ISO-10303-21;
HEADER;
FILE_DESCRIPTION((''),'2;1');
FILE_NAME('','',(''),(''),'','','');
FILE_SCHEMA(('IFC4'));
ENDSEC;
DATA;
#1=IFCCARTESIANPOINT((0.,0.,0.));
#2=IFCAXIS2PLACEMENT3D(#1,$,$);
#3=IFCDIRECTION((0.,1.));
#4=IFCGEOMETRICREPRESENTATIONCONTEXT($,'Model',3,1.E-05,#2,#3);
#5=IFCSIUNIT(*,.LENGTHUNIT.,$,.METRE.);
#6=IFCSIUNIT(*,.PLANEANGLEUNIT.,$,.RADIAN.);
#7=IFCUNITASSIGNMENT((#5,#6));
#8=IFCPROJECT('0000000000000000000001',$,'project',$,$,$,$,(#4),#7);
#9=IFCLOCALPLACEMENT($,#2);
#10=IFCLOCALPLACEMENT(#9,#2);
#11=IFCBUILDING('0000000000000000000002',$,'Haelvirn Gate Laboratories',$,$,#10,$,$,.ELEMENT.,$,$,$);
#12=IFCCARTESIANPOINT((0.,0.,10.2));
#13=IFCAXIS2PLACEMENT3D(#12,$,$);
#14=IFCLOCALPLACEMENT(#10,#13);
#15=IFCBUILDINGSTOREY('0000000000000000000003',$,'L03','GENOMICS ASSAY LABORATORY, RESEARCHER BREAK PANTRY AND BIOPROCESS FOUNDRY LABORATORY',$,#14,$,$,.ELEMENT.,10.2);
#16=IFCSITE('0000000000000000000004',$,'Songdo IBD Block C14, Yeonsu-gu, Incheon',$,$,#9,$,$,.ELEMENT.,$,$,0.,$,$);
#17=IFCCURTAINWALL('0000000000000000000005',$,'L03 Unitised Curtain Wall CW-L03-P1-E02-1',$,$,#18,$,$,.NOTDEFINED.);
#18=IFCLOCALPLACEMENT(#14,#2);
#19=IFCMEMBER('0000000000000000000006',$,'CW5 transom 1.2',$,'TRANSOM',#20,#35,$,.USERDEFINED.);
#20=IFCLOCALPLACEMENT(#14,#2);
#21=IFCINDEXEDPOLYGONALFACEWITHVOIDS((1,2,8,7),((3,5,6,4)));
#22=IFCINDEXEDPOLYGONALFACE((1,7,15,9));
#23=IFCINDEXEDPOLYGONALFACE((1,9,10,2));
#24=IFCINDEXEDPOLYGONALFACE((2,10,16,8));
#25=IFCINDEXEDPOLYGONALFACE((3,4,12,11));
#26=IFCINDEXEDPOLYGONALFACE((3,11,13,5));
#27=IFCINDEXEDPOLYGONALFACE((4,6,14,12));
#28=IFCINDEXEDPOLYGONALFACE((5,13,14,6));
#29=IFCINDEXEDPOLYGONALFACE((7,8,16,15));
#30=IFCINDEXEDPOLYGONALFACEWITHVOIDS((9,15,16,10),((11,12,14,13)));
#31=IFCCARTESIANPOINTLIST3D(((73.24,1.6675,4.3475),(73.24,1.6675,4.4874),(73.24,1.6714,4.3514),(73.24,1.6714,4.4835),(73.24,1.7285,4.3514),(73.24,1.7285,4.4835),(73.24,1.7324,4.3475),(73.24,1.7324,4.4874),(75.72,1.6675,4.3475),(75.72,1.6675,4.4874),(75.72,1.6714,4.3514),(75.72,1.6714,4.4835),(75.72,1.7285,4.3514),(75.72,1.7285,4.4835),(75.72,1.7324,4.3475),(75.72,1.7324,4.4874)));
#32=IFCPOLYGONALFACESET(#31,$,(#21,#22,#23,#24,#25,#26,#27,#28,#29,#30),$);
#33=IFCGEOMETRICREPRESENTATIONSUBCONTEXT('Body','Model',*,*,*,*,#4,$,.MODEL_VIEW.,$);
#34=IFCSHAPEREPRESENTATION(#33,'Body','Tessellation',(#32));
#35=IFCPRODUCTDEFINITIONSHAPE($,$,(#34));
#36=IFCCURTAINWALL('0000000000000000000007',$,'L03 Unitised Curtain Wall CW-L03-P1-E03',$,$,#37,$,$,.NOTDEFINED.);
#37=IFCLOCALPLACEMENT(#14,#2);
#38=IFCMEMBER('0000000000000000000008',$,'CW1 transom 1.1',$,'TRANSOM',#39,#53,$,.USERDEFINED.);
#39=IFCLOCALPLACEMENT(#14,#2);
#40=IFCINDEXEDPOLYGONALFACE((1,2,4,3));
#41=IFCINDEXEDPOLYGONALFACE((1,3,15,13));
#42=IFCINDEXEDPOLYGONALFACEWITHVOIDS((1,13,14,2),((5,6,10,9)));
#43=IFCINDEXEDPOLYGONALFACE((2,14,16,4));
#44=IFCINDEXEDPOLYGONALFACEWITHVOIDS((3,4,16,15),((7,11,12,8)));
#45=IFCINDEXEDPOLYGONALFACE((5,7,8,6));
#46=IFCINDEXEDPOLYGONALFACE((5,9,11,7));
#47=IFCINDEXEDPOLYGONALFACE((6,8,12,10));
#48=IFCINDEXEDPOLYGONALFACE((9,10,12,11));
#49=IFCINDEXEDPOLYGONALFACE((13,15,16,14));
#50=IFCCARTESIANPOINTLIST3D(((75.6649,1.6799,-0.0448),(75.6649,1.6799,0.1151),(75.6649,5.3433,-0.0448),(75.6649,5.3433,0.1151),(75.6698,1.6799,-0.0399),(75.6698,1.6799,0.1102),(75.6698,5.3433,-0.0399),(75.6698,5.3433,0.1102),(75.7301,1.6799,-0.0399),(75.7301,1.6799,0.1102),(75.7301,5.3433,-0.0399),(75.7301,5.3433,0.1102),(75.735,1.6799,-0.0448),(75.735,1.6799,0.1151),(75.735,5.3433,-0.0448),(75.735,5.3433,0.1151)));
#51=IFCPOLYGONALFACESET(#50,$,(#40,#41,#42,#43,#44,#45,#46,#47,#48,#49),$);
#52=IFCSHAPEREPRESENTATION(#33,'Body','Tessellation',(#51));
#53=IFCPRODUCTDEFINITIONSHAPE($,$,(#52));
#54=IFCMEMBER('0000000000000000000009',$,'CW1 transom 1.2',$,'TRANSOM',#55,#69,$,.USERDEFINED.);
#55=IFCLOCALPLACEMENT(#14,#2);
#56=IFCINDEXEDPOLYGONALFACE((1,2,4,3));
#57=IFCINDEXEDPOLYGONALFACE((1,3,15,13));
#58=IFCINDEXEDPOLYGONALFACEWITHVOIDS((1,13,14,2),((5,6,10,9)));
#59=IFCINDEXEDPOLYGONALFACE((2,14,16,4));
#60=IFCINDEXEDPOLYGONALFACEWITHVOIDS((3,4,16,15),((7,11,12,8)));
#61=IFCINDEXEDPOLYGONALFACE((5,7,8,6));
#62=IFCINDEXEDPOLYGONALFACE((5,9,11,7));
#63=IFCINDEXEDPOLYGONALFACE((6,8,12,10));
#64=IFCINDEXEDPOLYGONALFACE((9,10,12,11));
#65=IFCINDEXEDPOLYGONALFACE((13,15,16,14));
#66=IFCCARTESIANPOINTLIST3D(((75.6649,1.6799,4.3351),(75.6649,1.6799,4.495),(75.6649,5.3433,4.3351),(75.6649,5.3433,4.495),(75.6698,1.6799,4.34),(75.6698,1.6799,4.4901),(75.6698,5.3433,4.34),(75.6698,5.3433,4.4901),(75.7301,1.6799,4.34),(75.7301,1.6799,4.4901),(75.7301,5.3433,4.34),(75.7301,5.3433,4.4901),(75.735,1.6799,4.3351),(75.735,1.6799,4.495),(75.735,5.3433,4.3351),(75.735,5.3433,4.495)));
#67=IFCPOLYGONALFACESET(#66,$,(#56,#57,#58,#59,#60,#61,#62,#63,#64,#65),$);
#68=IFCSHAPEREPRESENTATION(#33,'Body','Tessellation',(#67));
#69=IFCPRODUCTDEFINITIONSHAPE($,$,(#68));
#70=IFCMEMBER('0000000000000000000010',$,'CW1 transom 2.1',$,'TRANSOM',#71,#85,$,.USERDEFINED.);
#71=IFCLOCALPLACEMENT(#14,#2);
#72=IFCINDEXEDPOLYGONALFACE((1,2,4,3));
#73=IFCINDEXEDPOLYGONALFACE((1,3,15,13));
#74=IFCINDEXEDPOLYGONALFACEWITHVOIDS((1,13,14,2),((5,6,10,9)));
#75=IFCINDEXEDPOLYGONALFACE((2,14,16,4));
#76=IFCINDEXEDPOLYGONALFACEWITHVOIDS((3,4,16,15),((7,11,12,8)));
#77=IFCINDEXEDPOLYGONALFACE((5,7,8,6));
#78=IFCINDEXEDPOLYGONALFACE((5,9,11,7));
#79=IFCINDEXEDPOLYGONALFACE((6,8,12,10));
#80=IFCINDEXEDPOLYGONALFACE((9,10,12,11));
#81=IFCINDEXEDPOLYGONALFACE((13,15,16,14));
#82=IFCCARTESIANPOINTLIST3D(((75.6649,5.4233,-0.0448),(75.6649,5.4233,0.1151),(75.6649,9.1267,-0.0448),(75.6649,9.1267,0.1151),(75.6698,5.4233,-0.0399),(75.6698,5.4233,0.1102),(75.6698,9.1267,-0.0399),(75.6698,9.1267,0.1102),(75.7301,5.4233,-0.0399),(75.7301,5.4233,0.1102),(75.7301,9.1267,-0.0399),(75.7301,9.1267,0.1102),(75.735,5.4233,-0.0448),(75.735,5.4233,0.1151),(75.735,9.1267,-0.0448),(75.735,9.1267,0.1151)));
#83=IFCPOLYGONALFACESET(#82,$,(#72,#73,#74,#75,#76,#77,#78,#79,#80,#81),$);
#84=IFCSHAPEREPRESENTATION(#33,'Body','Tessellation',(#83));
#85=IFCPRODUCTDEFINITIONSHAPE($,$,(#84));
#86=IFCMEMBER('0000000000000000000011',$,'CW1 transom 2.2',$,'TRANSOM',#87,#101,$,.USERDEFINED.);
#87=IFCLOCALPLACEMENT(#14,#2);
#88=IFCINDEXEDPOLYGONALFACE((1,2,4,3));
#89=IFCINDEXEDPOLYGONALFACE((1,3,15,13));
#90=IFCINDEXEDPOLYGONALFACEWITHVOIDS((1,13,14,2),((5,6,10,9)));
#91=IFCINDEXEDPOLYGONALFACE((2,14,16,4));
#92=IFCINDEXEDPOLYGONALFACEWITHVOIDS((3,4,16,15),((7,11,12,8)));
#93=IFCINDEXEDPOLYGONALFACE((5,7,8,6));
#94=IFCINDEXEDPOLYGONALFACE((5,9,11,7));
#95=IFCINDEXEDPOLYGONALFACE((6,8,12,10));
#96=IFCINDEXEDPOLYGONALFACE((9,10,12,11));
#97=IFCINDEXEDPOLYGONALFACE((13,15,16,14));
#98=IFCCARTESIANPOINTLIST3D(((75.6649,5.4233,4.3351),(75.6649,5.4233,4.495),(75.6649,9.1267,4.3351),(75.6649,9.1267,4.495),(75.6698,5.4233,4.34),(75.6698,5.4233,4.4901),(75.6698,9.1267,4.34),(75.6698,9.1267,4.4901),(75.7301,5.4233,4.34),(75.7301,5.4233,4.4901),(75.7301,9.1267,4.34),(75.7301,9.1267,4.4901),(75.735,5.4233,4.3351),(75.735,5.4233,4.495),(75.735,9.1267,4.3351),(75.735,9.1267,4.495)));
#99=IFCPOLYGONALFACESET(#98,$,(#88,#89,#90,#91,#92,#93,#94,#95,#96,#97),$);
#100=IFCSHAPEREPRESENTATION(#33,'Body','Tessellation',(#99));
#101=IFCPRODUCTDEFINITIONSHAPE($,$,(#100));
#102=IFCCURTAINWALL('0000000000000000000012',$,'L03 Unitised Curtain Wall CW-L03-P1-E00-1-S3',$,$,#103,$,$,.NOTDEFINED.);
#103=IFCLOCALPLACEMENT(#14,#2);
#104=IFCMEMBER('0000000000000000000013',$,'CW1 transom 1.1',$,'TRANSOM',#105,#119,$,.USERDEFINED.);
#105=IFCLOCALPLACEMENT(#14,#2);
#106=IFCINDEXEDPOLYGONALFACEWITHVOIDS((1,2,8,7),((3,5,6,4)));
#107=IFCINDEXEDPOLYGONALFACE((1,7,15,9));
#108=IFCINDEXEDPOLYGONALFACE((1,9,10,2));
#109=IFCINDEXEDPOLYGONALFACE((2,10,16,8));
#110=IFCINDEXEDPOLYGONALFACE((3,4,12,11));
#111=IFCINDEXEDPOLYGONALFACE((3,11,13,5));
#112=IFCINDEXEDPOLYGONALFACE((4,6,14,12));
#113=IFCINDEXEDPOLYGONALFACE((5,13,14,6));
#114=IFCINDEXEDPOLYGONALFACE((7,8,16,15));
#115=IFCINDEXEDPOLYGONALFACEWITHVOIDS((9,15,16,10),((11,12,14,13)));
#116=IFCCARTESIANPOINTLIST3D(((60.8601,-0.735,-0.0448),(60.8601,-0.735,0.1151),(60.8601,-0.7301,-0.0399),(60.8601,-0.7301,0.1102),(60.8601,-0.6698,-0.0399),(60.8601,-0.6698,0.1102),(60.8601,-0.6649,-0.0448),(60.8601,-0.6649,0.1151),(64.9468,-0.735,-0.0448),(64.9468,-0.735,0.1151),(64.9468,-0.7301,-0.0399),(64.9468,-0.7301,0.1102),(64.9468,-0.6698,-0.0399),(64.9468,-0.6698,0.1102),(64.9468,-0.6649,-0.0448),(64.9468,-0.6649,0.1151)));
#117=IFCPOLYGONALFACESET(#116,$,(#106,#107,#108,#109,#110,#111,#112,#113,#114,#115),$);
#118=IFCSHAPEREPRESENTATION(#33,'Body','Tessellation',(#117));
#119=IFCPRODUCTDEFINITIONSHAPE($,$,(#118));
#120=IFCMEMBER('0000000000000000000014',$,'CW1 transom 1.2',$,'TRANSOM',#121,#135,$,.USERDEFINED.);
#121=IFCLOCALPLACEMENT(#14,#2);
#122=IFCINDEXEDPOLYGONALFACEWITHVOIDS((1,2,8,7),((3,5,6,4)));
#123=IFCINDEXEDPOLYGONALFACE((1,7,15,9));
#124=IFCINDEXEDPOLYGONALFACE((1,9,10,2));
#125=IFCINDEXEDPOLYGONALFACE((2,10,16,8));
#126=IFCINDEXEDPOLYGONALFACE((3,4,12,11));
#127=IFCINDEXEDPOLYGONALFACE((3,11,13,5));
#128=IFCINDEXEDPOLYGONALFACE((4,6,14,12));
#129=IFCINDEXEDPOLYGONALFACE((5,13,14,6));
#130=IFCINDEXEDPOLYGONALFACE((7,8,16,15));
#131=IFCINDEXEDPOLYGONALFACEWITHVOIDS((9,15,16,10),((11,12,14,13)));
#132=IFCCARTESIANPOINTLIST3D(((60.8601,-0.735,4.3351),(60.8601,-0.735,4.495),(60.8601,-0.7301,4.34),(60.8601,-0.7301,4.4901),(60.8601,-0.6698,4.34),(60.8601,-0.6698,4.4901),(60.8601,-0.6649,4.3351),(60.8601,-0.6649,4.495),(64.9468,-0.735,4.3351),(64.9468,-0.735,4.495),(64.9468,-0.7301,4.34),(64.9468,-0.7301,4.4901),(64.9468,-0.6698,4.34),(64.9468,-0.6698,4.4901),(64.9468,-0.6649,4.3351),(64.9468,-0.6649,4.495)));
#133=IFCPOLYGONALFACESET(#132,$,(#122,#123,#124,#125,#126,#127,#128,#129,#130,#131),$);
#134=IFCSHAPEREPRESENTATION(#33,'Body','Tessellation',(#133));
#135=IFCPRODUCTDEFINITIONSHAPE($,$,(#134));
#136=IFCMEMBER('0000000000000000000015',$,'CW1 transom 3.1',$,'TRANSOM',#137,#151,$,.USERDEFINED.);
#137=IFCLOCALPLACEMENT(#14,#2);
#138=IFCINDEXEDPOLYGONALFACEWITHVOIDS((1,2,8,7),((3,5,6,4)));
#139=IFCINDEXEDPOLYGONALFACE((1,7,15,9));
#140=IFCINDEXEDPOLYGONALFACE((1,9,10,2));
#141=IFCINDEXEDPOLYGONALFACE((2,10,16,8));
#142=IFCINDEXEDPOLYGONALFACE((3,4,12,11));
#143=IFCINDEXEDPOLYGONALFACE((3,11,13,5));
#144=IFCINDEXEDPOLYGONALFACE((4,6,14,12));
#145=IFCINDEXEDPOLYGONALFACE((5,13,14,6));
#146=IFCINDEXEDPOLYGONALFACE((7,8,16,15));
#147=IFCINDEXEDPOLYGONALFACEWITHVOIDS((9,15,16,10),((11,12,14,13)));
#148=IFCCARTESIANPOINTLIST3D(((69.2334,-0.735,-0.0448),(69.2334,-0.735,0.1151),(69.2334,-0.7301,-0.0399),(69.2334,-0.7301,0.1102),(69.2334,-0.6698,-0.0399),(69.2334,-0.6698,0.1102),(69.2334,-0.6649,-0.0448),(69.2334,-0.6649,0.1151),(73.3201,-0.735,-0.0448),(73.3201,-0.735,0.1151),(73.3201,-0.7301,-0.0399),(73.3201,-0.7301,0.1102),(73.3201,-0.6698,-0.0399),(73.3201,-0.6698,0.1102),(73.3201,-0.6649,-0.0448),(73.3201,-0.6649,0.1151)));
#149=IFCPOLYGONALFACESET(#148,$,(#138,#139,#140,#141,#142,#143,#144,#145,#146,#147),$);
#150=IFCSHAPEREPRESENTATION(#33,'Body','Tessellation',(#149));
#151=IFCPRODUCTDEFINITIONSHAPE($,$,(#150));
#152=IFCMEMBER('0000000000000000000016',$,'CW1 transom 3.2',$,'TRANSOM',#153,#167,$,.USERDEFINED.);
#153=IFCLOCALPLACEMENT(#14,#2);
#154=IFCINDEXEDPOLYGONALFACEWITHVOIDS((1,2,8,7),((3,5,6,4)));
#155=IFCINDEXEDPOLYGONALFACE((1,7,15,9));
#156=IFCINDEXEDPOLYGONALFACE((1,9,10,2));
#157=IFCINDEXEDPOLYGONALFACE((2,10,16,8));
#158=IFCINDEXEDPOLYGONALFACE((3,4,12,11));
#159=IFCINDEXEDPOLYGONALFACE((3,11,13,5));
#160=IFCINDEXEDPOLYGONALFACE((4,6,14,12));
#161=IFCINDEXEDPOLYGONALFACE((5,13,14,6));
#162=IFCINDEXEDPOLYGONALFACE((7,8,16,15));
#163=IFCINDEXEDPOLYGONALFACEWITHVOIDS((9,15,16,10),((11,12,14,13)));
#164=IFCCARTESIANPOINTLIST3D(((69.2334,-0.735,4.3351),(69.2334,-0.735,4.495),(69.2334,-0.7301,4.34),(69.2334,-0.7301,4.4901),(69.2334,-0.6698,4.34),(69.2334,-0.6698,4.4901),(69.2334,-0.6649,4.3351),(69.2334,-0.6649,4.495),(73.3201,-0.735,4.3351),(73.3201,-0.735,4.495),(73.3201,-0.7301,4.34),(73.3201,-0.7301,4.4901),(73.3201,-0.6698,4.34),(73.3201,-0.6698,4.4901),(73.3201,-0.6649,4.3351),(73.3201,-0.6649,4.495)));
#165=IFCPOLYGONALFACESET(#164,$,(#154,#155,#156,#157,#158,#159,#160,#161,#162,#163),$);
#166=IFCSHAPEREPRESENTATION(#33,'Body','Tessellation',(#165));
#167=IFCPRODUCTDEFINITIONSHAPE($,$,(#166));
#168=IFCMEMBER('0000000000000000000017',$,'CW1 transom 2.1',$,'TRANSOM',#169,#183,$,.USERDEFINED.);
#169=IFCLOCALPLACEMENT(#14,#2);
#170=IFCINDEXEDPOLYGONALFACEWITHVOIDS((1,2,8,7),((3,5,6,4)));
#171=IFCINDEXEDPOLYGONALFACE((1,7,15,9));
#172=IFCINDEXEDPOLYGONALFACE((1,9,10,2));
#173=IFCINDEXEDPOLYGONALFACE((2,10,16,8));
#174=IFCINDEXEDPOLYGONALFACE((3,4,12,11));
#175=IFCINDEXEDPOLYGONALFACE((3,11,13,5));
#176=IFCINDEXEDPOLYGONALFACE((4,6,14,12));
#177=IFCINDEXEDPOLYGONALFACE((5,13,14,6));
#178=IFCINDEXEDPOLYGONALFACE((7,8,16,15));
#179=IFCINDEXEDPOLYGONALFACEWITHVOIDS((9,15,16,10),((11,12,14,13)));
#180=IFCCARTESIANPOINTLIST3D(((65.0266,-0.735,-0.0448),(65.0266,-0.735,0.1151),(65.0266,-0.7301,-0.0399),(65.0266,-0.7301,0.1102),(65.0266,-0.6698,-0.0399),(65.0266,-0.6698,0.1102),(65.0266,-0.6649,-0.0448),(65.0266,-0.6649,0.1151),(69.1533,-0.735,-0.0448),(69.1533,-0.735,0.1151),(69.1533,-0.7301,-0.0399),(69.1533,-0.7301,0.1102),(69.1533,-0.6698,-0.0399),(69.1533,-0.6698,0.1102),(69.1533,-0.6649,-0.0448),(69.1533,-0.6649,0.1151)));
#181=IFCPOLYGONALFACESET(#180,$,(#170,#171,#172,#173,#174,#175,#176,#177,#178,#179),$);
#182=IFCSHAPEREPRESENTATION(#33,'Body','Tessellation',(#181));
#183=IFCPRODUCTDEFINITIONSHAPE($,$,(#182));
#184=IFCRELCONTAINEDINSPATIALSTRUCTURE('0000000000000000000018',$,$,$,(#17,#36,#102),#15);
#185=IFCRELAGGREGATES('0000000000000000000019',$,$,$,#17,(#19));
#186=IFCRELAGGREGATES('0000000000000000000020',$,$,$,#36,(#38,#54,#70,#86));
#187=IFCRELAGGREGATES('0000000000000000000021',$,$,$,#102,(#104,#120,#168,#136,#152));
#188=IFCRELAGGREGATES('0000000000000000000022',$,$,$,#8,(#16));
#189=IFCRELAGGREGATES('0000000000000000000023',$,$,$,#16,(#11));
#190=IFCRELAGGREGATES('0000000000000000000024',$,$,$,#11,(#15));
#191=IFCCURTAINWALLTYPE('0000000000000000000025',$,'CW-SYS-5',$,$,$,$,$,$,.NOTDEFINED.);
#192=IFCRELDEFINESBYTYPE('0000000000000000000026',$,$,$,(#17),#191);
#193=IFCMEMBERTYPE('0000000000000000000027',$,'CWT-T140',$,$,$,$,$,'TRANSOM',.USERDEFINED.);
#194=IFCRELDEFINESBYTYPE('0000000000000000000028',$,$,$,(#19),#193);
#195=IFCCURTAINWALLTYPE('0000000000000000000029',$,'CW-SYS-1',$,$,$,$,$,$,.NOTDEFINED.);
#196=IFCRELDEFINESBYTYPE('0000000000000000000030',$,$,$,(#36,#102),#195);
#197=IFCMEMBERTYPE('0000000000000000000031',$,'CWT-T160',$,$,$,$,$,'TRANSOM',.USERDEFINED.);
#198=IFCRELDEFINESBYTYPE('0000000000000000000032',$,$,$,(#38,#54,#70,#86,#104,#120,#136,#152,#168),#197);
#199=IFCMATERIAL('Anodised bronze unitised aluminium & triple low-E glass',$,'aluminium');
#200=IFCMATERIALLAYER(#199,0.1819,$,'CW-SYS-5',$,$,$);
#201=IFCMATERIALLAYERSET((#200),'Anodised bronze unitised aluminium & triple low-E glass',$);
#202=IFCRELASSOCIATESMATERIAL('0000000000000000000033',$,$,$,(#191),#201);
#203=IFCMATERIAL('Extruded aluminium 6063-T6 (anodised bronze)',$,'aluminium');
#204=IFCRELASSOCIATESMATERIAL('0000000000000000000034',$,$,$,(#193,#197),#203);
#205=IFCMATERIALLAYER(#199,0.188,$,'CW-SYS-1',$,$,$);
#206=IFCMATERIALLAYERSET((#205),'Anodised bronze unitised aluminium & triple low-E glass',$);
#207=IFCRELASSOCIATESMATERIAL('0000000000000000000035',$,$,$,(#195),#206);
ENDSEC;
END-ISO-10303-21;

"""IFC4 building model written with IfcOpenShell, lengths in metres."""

from ifc_helpers import new_model, si_unit, direction, frame, origin, origin_2d, place, context, subcontext, project, spatial, hollow_rectangle, extrude, source, transform, mapped, material, layer, layer_set, material_profile, profile_set, type_object, type_shapes, element, aggregate, save


model = new_model("IFC4")

# Units and contexts
model_context = context("Model", 3, precision=1e-05, world=origin(), true_north=direction((0.0, 1.0)))
body_context = subcontext(model_context, "Body", "Model", "MODEL_VIEW")
ifc_project = project(units=[si_unit("LENGTHUNIT", "METRE"), si_unit("PLANEANGLEUNIT", "RADIAN")], contexts=[model_context])

# Site, building, storey
site_placement = place(None, origin())
site = spatial("IfcSite", under=ifc_project, at=site_placement, Name="Songdo IBD Block C14, Yeonsu-gu, Incheon", CompositionType="ELEMENT", RefElevation=0.0)
building_placement = place(site_placement, origin())
building = spatial("IfcBuilding", under=site, at=building_placement, Name="Haelvirn Gate Laboratories", CompositionType="ELEMENT")
storey_placement = place(building_placement, frame((0.0, 0.0, 10.2)))
storey = spatial("IfcBuildingStorey", under=building, at=storey_placement, Name="L03", Description="GENOMICS ASSAY LABORATORY, RESEARCHER BREAK PANTRY AND BIOPROCESS FOUNDRY LABORATORY", CompositionType="ELEMENT", Elevation=10.2)

# Curtain walls, members
ifc_material_1 = material(Name="Anodised bronze unitised aluminium & triple low-E glass", Category="aluminium")
ifc_layer_1 = layer(ifc_material_1, 0.1819, Name="CW-SYS-5")
ifc_layer_set_1 = layer_set([ifc_layer_1], Name="Anodised bronze unitised aluminium & triple low-E glass")
curtain_wall_type_1 = type_object("IfcCurtainWallType", Name="CW-SYS-5", PredefinedType="NOTDEFINED", material=ifc_layer_set_1)
curtain_wall_1_placement = place(storey_placement, origin())
curtain_wall_1 = element("IfcCurtainWall", 1, at=curtain_wall_1_placement, inside=storey, type_object=curtain_wall_type_1, Name="L03 Unitised Curtain Wall CW-L03-P1-E02-1", PredefinedType="NOTDEFINED")
ifc_material_2 = material(Name="Extruded aluminium 6063-T6 (anodised bronze)", Category="aluminium")
ifc_material_profile_1 = material_profile(ifc_material_2, hollow_rectangle(XDim=0.0649, YDim=0.1399, WallThickness=0.0039, at=origin_2d()), Name="CWT-140x65x4")
ifc_profile_set_1 = profile_set([ifc_material_profile_1], Name="Extruded aluminium 6063-T6 (anodised bronze)")
member_type_1 = type_object("IfcMemberType", Name="CWT-T140", ElementType="TRANSOM", PredefinedType="USERDEFINED", material=ifc_profile_set_1)
shared_shape_1 = source(origin(), body_context, "Body", "SweptSolid", [
    extrude(hollow_rectangle(XDim=0.0649, YDim=0.1399, WallThickness=0.0039, at=origin_2d()), origin(), (0.0, 0.0, 1.0), 2.48),
])
type_shapes(member_type_1, [shared_shape_1])
member_1_placement = place(storey_placement, frame((73.24, 1.7, 4.4175), z_axis=(1.0, 0.0, 0.0), x_axis=(0.0, 1.0, 0.0)))
member_1 = element("IfcMember", 2, at=member_1_placement, type_object=member_type_1, Name="CW5 transom 1.2", ObjectType="TRANSOM", PredefinedType="USERDEFINED", context=body_context, shape_type="MappedRepresentation", body=[
    mapped(shared_shape_1, transform((0.0, 0.0, 0.0), scale=1.0)),
])
ifc_layer_2 = layer(ifc_material_1, 0.188, Name="CW-SYS-1")
ifc_layer_set_2 = layer_set([ifc_layer_2], Name="Anodised bronze unitised aluminium & triple low-E glass")
curtain_wall_type_2 = type_object("IfcCurtainWallType", Name="CW-SYS-1", PredefinedType="NOTDEFINED", material=ifc_layer_set_2)
curtain_wall_2_placement = place(storey_placement, origin())
curtain_wall_2 = element("IfcCurtainWall", 3, at=curtain_wall_2_placement, inside=storey, type_object=curtain_wall_type_2, Name="L03 Unitised Curtain Wall CW-L03-P1-E03", PredefinedType="NOTDEFINED")
ifc_material_profile_2 = material_profile(ifc_material_2, hollow_rectangle(XDim=0.0701, YDim=0.1599, WallThickness=0.0049, at=origin_2d()), Name="CWT-160x70x5")
ifc_profile_set_2 = profile_set([ifc_material_profile_2], Name="Extruded aluminium 6063-T6 (anodised bronze)")
member_type_2 = type_object("IfcMemberType", Name="CWT-T160", ElementType="TRANSOM", PredefinedType="USERDEFINED", material=ifc_profile_set_2)
shared_shape_2 = source(origin(), body_context, "Body", "SweptSolid", [
    extrude(hollow_rectangle(XDim=0.0701, YDim=0.1599, WallThickness=0.0049, at=origin_2d()), origin(), (0.0, 0.0, 1.0), 3.6633),
])
member_2_placement = place(storey_placement, frame((75.7, 1.6799, 0.0352), z_axis=(0.0, 1.0, 0.0), x_axis=(-1.0, 0.0, 0.0)))
member_2 = element("IfcMember", 4, at=member_2_placement, type_object=member_type_2, Name="CW1 transom 1.1", ObjectType="TRANSOM", PredefinedType="USERDEFINED", context=body_context, shape_type="MappedRepresentation", body=[
    mapped(shared_shape_2, transform((0.0, 0.0, 0.0), scale=1.0)),
])
member_3_placement = place(storey_placement, frame((75.7, 1.6799, 4.415), z_axis=(0.0, 1.0, 0.0), x_axis=(-1.0, 0.0, 0.0)))
member_3 = element("IfcMember", 5, at=member_3_placement, type_object=member_type_2, Name="CW1 transom 1.2", ObjectType="TRANSOM", PredefinedType="USERDEFINED", context=body_context, shape_type="MappedRepresentation", body=[
    mapped(shared_shape_2, transform((0.0, 0.0, 0.0), scale=1.0)),
])
shared_shape_3 = source(origin(), body_context, "Body", "SweptSolid", [
    extrude(hollow_rectangle(XDim=0.0701, YDim=0.1599, WallThickness=0.0049, at=origin_2d()), origin(), (0.0, 0.0, 1.0), 3.7034),
])
member_4_placement = place(storey_placement, frame((75.7, 5.4233, 0.0352), z_axis=(0.0, 1.0, 0.0), x_axis=(-1.0, 0.0, 0.0)))
member_4 = element("IfcMember", 6, at=member_4_placement, type_object=member_type_2, Name="CW1 transom 2.1", ObjectType="TRANSOM", PredefinedType="USERDEFINED", context=body_context, shape_type="MappedRepresentation", body=[
    mapped(shared_shape_3, transform((0.0, 0.0, 0.0), scale=1.0)),
])
member_5_placement = place(storey_placement, frame((75.7, 5.4233, 4.415), z_axis=(0.0, 1.0, 0.0), x_axis=(-1.0, 0.0, 0.0)))
member_5 = element("IfcMember", 7, at=member_5_placement, type_object=member_type_2, Name="CW1 transom 2.2", ObjectType="TRANSOM", PredefinedType="USERDEFINED", context=body_context, shape_type="MappedRepresentation", body=[
    mapped(shared_shape_3, transform((0.0, 0.0, 0.0), scale=1.0)),
])
curtain_wall_3_placement = place(storey_placement, origin())
curtain_wall_3 = element("IfcCurtainWall", 8, at=curtain_wall_3_placement, inside=storey, type_object=curtain_wall_type_2, Name="L03 Unitised Curtain Wall CW-L03-P1-E00-1-S3", PredefinedType="NOTDEFINED")
shared_shape_4 = source(origin(), body_context, "Body", "SweptSolid", [
    extrude(hollow_rectangle(XDim=0.0701, YDim=0.1599, WallThickness=0.0049, at=origin_2d()), origin(), (0.0, 0.0, 1.0), 4.0867),
])
member_6_placement = place(storey_placement, frame((60.8601, -0.7, 0.0352), z_axis=(1.0, 0.0, 0.0), x_axis=(0.0, 1.0, 0.0)))
member_6 = element("IfcMember", 9, at=member_6_placement, type_object=member_type_2, Name="CW1 transom 1.1", ObjectType="TRANSOM", PredefinedType="USERDEFINED", context=body_context, shape_type="MappedRepresentation", body=[
    mapped(shared_shape_4, transform((0.0, 0.0, 0.0), scale=1.0)),
])
member_7_placement = place(storey_placement, frame((60.8601, -0.7, 4.415), z_axis=(1.0, 0.0, 0.0), x_axis=(0.0, 1.0, 0.0)))
member_7 = element("IfcMember", 10, at=member_7_placement, type_object=member_type_2, Name="CW1 transom 1.2", ObjectType="TRANSOM", PredefinedType="USERDEFINED", context=body_context, shape_type="MappedRepresentation", body=[
    mapped(shared_shape_4, transform((0.0, 0.0, 0.0), scale=1.0)),
])
member_8_placement = place(storey_placement, frame((69.2334, -0.7, 0.0352), z_axis=(1.0, 0.0, 0.0), x_axis=(0.0, 1.0, 0.0)))
member_8 = element("IfcMember", 11, at=member_8_placement, type_object=member_type_2, Name="CW1 transom 3.1", ObjectType="TRANSOM", PredefinedType="USERDEFINED", context=body_context, shape_type="MappedRepresentation", body=[
    mapped(shared_shape_4, transform((0.0, 0.0, 0.0), scale=1.0)),
])
member_9_placement = place(storey_placement, frame((69.2334, -0.7, 4.415), z_axis=(1.0, 0.0, 0.0), x_axis=(0.0, 1.0, 0.0)))
member_9 = element("IfcMember", 12, at=member_9_placement, type_object=member_type_2, Name="CW1 transom 3.2", ObjectType="TRANSOM", PredefinedType="USERDEFINED", context=body_context, shape_type="MappedRepresentation", body=[
    mapped(shared_shape_4, transform((0.0, 0.0, 0.0), scale=1.0)),
])
shared_shape_5 = source(origin(), body_context, "Body", "SweptSolid", [
    extrude(hollow_rectangle(XDim=0.0701, YDim=0.1599, WallThickness=0.0049, at=origin_2d()), origin(), (0.0, 0.0, 1.0), 4.1267),
])
type_shapes(member_type_2, [shared_shape_2, shared_shape_3, shared_shape_4, shared_shape_5])
member_10_placement = place(storey_placement, frame((65.0266, -0.7, 0.0352), z_axis=(1.0, 0.0, 0.0), x_axis=(0.0, 1.0, 0.0)))
member_10 = element("IfcMember", 13, at=member_10_placement, type_object=member_type_2, Name="CW1 transom 2.1", ObjectType="TRANSOM", PredefinedType="USERDEFINED", context=body_context, shape_type="MappedRepresentation", body=[
    mapped(shared_shape_5, transform((0.0, 0.0, 0.0), scale=1.0)),
])

aggregate(curtain_wall_1, [member_1])
aggregate(curtain_wall_2, [member_2, member_3, member_4, member_5])
aggregate(curtain_wall_3, [member_6, member_7, member_10, member_8, member_9])

save(model, "model.ifc")
